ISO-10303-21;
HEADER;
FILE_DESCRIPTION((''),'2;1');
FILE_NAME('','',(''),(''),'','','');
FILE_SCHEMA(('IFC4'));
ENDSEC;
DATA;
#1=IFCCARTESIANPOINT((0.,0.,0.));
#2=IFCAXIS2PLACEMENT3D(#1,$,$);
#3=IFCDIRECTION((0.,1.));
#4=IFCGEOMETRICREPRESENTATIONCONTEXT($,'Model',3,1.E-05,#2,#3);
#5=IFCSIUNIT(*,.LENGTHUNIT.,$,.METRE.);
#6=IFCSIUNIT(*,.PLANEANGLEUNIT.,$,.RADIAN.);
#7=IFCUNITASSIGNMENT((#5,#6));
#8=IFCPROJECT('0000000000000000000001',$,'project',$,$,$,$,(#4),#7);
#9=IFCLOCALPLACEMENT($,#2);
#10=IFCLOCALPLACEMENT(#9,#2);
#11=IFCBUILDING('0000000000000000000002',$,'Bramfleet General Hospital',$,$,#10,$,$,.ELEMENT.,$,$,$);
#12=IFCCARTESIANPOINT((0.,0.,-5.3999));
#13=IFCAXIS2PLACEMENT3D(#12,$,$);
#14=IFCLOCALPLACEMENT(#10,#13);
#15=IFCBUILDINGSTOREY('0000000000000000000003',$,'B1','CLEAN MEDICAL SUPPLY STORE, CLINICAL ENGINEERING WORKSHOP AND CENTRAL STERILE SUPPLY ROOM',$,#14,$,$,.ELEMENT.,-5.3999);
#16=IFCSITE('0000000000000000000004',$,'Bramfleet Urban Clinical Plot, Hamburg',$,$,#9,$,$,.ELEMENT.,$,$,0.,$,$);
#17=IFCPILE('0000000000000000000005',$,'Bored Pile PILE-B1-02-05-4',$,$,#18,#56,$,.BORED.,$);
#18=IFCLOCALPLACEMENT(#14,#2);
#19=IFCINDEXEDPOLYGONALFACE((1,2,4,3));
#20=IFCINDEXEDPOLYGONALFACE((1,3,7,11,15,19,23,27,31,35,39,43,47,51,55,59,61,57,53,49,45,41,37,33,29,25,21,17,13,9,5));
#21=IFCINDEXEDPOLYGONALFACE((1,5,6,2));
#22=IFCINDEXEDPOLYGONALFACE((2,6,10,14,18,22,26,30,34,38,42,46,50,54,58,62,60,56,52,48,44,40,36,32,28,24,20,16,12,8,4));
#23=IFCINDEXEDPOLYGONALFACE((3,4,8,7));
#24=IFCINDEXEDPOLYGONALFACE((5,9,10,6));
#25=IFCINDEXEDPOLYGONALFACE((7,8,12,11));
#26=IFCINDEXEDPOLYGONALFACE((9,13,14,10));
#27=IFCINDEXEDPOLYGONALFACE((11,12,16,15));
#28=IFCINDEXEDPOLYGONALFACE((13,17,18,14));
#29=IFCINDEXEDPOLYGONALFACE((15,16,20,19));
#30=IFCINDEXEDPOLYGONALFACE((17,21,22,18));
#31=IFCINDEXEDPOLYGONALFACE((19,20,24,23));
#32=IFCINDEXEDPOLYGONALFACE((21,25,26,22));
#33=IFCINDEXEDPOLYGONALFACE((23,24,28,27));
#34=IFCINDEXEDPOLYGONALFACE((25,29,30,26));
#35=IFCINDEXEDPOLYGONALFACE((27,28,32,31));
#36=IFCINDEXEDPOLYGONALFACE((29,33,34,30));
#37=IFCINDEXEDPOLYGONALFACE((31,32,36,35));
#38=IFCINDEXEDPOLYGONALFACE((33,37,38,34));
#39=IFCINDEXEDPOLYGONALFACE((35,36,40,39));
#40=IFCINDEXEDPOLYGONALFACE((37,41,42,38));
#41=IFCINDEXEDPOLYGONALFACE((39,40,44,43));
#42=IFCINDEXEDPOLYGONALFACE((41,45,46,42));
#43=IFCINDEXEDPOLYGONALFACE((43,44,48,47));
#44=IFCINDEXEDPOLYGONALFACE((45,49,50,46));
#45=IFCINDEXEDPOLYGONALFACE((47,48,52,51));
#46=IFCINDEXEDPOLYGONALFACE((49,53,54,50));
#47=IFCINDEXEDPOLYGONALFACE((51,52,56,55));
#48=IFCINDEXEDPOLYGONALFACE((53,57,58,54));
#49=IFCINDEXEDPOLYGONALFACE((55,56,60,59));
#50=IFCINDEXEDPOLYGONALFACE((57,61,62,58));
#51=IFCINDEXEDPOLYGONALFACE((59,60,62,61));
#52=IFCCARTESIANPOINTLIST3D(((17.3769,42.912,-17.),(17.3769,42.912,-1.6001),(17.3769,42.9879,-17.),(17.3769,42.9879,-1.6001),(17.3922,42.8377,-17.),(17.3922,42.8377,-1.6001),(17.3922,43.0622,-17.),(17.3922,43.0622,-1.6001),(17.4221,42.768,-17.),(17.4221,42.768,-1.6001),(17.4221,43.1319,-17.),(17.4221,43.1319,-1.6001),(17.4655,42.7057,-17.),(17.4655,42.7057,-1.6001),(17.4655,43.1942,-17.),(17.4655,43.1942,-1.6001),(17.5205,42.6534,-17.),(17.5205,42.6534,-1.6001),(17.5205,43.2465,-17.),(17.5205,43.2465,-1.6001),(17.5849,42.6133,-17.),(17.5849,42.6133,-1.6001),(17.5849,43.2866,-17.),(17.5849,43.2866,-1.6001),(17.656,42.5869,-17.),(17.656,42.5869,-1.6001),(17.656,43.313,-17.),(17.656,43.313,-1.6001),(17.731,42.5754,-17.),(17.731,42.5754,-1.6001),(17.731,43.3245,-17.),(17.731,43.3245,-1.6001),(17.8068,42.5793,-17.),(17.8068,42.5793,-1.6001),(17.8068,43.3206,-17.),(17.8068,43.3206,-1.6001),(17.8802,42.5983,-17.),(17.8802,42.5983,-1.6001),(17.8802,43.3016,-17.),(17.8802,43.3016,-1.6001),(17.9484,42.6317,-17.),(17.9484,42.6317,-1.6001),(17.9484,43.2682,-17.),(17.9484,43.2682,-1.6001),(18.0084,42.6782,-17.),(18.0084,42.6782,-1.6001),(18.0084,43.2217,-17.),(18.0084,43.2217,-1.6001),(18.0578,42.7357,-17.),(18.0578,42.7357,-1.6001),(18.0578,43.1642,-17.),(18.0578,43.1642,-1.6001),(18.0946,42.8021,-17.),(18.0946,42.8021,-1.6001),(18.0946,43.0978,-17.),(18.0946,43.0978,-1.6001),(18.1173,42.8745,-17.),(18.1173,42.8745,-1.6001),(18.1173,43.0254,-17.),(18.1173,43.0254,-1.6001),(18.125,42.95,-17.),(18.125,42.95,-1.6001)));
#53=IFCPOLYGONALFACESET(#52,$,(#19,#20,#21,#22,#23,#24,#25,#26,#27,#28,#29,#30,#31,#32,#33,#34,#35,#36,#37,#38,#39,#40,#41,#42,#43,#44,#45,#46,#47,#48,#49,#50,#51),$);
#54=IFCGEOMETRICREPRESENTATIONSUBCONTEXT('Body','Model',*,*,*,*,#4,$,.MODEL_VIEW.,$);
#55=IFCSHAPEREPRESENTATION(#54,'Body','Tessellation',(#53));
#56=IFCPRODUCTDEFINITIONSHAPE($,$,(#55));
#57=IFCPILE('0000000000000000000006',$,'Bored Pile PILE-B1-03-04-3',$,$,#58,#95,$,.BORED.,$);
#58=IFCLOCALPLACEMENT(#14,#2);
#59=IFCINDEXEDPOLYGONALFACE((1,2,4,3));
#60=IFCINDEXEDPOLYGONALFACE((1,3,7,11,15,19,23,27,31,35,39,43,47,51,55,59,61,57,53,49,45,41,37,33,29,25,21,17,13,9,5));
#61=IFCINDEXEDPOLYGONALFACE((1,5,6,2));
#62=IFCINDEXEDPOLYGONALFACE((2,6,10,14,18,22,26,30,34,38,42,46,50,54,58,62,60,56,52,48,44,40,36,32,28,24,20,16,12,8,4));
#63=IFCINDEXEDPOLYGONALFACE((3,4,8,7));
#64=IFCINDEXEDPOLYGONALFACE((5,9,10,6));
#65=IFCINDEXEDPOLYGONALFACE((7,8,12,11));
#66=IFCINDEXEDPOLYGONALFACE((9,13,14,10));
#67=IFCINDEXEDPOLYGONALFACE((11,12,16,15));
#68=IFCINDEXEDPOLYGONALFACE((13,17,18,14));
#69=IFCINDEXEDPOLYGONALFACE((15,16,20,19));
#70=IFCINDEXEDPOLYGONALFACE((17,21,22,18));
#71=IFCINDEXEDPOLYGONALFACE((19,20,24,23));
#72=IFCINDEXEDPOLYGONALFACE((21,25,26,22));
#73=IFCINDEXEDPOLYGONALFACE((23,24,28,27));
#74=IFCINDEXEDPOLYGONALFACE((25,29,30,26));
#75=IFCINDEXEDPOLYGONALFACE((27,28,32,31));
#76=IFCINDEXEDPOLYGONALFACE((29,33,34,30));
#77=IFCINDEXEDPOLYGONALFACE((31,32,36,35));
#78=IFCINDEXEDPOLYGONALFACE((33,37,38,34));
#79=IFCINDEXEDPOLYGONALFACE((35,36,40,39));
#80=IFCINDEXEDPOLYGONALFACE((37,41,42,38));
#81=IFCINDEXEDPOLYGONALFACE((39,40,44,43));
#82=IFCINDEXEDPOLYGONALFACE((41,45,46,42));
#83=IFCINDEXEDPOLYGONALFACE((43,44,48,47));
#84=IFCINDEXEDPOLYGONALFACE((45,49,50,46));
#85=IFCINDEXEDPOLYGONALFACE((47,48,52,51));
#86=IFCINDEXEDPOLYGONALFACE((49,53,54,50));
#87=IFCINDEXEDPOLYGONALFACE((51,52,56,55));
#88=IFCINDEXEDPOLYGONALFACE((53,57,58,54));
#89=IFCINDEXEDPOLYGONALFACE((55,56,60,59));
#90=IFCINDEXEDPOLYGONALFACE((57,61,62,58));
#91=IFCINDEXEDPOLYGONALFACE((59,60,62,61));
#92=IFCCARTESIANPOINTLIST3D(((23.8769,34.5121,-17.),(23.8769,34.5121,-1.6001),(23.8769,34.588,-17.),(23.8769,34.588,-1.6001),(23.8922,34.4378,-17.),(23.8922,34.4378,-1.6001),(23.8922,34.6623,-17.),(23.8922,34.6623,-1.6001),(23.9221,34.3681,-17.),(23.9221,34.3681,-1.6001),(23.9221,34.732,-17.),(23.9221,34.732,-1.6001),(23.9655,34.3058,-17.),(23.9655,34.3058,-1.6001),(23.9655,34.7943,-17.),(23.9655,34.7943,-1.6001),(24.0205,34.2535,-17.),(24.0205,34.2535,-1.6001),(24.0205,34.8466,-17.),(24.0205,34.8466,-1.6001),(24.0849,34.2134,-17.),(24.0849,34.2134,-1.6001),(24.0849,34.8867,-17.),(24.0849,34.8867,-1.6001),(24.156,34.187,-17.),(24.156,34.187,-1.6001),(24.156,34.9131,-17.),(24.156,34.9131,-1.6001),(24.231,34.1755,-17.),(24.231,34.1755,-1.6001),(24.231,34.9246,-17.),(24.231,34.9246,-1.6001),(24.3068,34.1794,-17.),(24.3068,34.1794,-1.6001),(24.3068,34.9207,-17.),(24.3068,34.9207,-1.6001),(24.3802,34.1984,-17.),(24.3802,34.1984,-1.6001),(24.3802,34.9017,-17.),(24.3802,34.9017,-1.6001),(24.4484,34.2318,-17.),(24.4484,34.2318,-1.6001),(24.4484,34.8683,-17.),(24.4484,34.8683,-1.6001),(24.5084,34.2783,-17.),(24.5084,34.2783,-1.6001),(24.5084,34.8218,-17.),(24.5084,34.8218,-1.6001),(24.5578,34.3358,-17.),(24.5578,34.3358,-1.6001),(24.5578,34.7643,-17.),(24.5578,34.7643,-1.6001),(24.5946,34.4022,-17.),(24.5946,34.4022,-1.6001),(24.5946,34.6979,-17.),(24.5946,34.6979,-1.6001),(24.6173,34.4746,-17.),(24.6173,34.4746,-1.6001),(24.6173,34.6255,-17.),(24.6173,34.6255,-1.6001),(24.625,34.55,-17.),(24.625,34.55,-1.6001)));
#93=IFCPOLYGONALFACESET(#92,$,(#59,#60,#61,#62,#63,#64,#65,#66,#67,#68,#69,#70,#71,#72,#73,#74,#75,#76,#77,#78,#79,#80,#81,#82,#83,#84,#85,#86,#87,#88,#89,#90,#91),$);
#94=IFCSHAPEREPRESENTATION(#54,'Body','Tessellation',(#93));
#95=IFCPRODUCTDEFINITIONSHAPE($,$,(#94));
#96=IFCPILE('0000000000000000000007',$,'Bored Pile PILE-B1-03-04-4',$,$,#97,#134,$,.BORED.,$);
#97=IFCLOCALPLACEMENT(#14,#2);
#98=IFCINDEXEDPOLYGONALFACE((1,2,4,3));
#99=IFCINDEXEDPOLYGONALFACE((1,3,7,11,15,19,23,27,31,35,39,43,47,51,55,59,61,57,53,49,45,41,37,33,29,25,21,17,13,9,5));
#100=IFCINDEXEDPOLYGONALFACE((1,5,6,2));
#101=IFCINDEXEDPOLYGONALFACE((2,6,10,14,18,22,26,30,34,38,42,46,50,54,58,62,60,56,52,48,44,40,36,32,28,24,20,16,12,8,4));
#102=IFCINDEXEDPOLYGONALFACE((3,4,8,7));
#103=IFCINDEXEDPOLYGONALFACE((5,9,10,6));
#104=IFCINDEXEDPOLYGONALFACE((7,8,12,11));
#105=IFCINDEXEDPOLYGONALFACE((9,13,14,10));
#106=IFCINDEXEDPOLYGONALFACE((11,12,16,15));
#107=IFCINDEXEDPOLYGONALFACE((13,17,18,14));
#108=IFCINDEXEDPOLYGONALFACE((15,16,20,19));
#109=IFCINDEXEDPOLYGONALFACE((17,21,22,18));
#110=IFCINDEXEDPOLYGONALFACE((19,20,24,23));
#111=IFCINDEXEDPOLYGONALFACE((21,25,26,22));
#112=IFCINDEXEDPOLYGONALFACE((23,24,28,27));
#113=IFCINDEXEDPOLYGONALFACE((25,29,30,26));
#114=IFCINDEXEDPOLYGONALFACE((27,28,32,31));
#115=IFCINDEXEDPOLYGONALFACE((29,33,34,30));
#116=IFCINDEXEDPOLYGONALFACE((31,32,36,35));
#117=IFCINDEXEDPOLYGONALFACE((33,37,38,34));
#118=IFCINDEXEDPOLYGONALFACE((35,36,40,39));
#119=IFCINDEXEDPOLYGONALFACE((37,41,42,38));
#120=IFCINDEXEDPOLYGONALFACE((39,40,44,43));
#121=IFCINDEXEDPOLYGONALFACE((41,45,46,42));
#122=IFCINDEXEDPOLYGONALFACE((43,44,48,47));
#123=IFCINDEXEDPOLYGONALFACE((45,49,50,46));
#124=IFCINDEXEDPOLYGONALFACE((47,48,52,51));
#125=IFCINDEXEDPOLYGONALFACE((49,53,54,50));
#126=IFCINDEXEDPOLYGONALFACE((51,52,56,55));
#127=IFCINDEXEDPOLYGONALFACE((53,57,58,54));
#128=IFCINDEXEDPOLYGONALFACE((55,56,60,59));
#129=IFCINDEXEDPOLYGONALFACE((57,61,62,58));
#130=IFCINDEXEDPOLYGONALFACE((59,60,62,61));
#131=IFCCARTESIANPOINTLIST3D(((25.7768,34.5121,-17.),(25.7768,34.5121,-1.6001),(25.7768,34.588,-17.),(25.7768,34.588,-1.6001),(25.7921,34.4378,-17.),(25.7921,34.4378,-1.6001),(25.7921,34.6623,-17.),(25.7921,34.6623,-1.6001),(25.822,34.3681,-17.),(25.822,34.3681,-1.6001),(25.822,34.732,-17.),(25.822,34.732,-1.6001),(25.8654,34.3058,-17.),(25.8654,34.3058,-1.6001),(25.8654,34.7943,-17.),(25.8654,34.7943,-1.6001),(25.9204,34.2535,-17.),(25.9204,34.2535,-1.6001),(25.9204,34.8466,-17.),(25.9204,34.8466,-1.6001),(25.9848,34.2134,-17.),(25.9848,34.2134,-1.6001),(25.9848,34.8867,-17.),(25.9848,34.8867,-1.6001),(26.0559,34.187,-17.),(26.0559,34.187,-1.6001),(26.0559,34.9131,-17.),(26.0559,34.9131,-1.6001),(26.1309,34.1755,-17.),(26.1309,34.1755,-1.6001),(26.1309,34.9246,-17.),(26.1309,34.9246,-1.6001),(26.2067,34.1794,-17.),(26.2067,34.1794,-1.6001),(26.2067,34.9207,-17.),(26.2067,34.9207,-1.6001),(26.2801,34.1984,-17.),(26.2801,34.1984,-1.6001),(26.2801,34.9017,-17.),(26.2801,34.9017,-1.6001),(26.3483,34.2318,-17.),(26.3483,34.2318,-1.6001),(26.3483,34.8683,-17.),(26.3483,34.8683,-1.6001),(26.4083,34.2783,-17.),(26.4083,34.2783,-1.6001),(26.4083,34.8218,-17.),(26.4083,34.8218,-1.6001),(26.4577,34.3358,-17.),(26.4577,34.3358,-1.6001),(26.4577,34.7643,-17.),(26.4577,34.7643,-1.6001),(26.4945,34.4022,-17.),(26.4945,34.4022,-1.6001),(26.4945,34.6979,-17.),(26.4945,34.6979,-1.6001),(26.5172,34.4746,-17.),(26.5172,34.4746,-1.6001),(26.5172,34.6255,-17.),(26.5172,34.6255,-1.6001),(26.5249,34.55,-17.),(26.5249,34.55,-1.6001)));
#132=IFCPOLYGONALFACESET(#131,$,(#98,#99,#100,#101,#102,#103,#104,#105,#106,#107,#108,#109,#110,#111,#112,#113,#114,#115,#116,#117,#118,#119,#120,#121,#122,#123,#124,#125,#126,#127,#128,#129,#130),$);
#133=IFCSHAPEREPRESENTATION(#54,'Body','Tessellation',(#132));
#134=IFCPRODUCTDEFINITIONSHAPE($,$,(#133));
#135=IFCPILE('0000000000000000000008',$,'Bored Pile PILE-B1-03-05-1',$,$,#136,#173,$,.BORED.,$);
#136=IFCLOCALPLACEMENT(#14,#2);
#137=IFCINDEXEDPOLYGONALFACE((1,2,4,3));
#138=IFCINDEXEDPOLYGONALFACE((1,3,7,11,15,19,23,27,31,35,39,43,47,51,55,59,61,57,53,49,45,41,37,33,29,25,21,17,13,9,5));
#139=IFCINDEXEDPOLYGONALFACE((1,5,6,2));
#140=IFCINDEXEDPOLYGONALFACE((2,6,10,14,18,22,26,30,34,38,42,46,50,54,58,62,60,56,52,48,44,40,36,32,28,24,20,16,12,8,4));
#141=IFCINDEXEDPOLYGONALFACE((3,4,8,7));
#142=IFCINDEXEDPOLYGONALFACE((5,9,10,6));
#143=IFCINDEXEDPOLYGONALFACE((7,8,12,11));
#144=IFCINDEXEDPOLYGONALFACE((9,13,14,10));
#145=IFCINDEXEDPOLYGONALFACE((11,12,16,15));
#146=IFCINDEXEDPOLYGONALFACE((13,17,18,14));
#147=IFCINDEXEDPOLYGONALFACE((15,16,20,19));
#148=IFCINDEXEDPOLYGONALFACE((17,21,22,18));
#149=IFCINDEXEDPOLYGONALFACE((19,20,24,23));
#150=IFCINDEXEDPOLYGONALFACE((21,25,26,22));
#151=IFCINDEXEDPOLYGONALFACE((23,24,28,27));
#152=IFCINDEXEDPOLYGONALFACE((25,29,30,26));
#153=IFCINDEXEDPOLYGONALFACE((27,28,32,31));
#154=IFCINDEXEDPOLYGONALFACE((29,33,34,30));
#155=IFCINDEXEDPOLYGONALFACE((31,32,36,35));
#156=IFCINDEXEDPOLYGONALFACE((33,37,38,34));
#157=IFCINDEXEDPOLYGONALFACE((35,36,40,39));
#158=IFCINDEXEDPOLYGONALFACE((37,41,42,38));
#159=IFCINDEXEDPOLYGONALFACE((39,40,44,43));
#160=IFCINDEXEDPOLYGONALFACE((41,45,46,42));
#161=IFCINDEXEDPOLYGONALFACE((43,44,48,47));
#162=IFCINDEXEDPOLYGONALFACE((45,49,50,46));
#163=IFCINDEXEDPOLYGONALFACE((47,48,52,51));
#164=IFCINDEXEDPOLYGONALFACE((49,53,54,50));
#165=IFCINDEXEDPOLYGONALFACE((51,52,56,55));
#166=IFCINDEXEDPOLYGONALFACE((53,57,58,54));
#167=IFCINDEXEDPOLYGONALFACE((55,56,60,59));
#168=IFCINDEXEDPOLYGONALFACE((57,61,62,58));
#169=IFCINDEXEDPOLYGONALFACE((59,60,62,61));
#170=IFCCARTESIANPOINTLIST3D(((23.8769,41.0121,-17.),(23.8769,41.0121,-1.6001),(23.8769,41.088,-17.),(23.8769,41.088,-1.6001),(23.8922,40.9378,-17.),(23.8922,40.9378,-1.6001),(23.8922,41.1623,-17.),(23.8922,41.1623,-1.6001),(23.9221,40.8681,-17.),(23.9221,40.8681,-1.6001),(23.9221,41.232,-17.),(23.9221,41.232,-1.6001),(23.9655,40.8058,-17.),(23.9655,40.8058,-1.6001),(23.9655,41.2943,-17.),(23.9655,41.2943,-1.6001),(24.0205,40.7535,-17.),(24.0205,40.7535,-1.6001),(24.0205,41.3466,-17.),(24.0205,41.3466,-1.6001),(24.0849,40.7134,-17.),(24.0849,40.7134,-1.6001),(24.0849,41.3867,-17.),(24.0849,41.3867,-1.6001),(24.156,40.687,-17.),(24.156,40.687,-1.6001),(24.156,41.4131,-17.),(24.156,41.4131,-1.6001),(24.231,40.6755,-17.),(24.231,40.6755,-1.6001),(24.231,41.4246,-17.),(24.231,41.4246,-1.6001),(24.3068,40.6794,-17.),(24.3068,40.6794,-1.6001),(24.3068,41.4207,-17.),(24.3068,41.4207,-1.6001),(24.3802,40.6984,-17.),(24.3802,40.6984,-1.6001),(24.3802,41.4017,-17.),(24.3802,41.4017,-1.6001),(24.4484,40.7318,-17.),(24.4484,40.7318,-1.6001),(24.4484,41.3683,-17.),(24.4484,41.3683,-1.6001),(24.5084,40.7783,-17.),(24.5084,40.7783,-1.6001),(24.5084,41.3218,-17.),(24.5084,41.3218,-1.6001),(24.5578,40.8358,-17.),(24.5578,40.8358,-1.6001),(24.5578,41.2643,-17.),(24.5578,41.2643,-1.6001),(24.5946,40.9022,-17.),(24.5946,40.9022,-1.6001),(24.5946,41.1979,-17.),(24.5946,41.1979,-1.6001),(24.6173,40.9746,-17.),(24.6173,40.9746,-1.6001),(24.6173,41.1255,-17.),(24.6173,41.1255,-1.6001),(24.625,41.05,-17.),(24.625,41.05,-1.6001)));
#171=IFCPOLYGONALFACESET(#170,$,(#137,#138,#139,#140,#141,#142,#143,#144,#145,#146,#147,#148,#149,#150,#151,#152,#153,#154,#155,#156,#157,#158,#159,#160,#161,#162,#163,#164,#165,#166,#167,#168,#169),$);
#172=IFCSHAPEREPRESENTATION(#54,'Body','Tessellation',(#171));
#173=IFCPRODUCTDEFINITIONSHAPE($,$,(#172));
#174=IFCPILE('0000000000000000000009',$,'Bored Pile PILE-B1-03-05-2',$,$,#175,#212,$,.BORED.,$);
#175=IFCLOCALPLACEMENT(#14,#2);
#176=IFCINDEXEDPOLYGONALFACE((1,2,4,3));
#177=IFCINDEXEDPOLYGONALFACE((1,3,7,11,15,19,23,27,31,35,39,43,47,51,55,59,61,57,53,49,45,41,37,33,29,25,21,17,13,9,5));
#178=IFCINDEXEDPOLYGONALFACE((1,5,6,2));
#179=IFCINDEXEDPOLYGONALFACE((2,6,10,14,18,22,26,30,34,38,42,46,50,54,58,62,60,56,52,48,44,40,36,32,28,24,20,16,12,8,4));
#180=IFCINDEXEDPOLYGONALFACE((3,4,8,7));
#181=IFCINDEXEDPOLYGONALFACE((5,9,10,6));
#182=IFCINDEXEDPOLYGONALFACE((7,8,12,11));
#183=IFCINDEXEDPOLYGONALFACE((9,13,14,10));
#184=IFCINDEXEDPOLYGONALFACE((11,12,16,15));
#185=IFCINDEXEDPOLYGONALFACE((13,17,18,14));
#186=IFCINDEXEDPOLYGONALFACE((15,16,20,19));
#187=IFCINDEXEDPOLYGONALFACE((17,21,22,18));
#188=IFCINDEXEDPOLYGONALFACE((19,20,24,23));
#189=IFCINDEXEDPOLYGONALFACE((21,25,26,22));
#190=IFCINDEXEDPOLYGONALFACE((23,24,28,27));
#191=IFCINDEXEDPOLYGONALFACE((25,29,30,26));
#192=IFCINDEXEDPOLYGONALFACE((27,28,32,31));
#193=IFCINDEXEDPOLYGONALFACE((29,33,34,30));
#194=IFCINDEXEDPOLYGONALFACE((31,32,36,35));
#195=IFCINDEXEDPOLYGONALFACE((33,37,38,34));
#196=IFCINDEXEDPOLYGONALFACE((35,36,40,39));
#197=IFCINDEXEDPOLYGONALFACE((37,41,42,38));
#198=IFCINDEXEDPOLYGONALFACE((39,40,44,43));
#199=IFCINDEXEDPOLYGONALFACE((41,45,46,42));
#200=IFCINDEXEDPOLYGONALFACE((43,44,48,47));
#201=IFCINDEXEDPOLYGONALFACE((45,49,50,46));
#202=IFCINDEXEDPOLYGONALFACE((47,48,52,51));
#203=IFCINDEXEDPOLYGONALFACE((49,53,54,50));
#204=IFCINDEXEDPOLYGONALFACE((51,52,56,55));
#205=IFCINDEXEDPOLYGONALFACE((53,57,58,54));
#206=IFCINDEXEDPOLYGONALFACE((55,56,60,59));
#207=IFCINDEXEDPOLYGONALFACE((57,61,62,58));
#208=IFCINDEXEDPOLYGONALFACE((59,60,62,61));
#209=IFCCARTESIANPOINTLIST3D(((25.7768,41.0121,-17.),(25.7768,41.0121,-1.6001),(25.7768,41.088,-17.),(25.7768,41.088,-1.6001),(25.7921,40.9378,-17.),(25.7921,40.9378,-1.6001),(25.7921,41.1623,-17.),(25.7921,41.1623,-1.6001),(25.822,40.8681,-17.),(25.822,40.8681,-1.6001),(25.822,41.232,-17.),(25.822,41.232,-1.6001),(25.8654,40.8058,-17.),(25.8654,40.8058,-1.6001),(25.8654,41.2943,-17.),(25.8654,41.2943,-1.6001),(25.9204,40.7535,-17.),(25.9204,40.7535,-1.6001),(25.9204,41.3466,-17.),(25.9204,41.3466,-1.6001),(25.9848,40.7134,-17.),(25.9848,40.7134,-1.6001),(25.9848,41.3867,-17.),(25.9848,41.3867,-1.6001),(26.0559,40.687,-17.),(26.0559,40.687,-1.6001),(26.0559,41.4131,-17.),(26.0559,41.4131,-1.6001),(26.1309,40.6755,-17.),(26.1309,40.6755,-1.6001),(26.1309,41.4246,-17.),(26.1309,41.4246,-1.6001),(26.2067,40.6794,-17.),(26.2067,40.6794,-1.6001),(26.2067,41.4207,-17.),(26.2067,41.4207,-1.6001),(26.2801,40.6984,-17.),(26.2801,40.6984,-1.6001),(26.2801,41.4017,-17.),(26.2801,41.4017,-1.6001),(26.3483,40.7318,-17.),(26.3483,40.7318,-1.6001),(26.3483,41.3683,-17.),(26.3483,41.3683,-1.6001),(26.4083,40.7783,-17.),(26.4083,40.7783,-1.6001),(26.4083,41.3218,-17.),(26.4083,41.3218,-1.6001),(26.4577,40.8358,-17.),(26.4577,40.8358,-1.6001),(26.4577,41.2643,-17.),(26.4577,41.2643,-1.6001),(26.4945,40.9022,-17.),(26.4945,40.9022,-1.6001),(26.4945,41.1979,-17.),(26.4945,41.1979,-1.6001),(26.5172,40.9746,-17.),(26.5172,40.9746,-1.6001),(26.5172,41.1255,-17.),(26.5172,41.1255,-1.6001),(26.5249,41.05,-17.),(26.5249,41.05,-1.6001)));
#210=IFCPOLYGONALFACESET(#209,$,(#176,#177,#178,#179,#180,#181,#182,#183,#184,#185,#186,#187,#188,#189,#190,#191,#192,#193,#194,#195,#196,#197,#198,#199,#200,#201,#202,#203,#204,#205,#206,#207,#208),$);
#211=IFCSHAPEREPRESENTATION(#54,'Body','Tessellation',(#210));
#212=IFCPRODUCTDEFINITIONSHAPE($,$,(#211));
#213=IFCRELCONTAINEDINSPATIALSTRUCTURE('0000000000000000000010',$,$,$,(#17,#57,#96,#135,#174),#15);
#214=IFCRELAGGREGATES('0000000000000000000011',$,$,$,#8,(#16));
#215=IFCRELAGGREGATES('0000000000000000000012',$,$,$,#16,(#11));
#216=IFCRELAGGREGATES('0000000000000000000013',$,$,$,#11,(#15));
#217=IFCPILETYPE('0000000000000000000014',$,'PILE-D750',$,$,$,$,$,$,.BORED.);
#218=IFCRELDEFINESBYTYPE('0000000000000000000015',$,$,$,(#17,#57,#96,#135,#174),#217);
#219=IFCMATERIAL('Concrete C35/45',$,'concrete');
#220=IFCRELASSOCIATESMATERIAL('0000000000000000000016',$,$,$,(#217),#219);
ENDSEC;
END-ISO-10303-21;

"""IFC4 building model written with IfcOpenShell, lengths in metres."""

from ifc_helpers import new_model, si_unit, direction, frame, origin, origin_2d, place, context, subcontext, project, spatial, circle, extrude, material, material_profile, profile_set, type_object, element, save


model = new_model("IFC4")

# Units and contexts
model_context = context("Model", 3, precision=1e-05, world=origin(), true_north=direction((0.0, 1.0)))
body_context = subcontext(model_context, "Body", "Model", "MODEL_VIEW")
ifc_project = project(units=[si_unit("LENGTHUNIT", "METRE"), si_unit("PLANEANGLEUNIT", "RADIAN")], contexts=[model_context])

# Site, building, storey
site_placement = place(None, origin())
site = spatial("IfcSite", under=ifc_project, at=site_placement, Name="Bramfleet Urban Clinical Plot, Hamburg", CompositionType="ELEMENT", RefElevation=0.0)
building_placement = place(site_placement, origin())
building = spatial("IfcBuilding", under=site, at=building_placement, Name="Bramfleet General Hospital", CompositionType="ELEMENT")
storey_placement = place(building_placement, frame((0.0, 0.0, -5.3999)))
storey = spatial("IfcBuildingStorey", under=building, at=storey_placement, Name="B1", Description="CLEAN MEDICAL SUPPLY STORE, CLINICAL ENGINEERING WORKSHOP AND CENTRAL STERILE SUPPLY ROOM", CompositionType="ELEMENT", Elevation=-5.3999)

# Shared definitions
ifc_material_1 = material(Name="Concrete C35/45", Category="concrete")

# Piles
ifc_material_profile_1 = material_profile(ifc_material_1, circle(Radius=0.375, at=origin_2d()), Name="PILE BORED D750")
ifc_profile_set_1 = profile_set([ifc_material_profile_1], Name="Concrete C35/45")
pile_type = type_object("IfcPileType", Name="PILE-D750", PredefinedType="BORED", material=ifc_profile_set_1)
for number, where, z_axis, x_axis, name in (
    (1, (17.75, 42.95, -1.6001), (0.0, 0.0, -1.0), (1.0, 0.0, 0.0), "Bored Pile PILE-B1-02-05-4"),
    (2, (24.25, 34.55, -1.6001), (0.0, 0.0, -1.0), (1.0, 0.0, 0.0), "Bored Pile PILE-B1-03-04-3"),
    (3, (26.1499, 34.55, -1.6001), (0.0, 0.0, -1.0), (1.0, 0.0, 0.0), "Bored Pile PILE-B1-03-04-4"),
    (4, (24.25, 41.05, -1.6001), (0.0, 0.0, -1.0), (1.0, 0.0, 0.0), "Bored Pile PILE-B1-03-05-1"),
    (5, (26.1499, 41.05, -1.6001), (0.0, 0.0, -1.0), (1.0, 0.0, 0.0), "Bored Pile PILE-B1-03-05-2"),
):
    element("IfcPile", number, at=place(storey_placement, frame(where, z_axis=z_axis, x_axis=x_axis)), inside=storey, type_object=pile_type, Name=name, PredefinedType="BORED", context=body_context, shape_type="SweptSolid", body=[
        extrude(circle(Radius=0.375, at=origin_2d()), origin(), (0.0, 0.0, 1.0), 15.3999),
    ])

save(model, "model.ifc")
